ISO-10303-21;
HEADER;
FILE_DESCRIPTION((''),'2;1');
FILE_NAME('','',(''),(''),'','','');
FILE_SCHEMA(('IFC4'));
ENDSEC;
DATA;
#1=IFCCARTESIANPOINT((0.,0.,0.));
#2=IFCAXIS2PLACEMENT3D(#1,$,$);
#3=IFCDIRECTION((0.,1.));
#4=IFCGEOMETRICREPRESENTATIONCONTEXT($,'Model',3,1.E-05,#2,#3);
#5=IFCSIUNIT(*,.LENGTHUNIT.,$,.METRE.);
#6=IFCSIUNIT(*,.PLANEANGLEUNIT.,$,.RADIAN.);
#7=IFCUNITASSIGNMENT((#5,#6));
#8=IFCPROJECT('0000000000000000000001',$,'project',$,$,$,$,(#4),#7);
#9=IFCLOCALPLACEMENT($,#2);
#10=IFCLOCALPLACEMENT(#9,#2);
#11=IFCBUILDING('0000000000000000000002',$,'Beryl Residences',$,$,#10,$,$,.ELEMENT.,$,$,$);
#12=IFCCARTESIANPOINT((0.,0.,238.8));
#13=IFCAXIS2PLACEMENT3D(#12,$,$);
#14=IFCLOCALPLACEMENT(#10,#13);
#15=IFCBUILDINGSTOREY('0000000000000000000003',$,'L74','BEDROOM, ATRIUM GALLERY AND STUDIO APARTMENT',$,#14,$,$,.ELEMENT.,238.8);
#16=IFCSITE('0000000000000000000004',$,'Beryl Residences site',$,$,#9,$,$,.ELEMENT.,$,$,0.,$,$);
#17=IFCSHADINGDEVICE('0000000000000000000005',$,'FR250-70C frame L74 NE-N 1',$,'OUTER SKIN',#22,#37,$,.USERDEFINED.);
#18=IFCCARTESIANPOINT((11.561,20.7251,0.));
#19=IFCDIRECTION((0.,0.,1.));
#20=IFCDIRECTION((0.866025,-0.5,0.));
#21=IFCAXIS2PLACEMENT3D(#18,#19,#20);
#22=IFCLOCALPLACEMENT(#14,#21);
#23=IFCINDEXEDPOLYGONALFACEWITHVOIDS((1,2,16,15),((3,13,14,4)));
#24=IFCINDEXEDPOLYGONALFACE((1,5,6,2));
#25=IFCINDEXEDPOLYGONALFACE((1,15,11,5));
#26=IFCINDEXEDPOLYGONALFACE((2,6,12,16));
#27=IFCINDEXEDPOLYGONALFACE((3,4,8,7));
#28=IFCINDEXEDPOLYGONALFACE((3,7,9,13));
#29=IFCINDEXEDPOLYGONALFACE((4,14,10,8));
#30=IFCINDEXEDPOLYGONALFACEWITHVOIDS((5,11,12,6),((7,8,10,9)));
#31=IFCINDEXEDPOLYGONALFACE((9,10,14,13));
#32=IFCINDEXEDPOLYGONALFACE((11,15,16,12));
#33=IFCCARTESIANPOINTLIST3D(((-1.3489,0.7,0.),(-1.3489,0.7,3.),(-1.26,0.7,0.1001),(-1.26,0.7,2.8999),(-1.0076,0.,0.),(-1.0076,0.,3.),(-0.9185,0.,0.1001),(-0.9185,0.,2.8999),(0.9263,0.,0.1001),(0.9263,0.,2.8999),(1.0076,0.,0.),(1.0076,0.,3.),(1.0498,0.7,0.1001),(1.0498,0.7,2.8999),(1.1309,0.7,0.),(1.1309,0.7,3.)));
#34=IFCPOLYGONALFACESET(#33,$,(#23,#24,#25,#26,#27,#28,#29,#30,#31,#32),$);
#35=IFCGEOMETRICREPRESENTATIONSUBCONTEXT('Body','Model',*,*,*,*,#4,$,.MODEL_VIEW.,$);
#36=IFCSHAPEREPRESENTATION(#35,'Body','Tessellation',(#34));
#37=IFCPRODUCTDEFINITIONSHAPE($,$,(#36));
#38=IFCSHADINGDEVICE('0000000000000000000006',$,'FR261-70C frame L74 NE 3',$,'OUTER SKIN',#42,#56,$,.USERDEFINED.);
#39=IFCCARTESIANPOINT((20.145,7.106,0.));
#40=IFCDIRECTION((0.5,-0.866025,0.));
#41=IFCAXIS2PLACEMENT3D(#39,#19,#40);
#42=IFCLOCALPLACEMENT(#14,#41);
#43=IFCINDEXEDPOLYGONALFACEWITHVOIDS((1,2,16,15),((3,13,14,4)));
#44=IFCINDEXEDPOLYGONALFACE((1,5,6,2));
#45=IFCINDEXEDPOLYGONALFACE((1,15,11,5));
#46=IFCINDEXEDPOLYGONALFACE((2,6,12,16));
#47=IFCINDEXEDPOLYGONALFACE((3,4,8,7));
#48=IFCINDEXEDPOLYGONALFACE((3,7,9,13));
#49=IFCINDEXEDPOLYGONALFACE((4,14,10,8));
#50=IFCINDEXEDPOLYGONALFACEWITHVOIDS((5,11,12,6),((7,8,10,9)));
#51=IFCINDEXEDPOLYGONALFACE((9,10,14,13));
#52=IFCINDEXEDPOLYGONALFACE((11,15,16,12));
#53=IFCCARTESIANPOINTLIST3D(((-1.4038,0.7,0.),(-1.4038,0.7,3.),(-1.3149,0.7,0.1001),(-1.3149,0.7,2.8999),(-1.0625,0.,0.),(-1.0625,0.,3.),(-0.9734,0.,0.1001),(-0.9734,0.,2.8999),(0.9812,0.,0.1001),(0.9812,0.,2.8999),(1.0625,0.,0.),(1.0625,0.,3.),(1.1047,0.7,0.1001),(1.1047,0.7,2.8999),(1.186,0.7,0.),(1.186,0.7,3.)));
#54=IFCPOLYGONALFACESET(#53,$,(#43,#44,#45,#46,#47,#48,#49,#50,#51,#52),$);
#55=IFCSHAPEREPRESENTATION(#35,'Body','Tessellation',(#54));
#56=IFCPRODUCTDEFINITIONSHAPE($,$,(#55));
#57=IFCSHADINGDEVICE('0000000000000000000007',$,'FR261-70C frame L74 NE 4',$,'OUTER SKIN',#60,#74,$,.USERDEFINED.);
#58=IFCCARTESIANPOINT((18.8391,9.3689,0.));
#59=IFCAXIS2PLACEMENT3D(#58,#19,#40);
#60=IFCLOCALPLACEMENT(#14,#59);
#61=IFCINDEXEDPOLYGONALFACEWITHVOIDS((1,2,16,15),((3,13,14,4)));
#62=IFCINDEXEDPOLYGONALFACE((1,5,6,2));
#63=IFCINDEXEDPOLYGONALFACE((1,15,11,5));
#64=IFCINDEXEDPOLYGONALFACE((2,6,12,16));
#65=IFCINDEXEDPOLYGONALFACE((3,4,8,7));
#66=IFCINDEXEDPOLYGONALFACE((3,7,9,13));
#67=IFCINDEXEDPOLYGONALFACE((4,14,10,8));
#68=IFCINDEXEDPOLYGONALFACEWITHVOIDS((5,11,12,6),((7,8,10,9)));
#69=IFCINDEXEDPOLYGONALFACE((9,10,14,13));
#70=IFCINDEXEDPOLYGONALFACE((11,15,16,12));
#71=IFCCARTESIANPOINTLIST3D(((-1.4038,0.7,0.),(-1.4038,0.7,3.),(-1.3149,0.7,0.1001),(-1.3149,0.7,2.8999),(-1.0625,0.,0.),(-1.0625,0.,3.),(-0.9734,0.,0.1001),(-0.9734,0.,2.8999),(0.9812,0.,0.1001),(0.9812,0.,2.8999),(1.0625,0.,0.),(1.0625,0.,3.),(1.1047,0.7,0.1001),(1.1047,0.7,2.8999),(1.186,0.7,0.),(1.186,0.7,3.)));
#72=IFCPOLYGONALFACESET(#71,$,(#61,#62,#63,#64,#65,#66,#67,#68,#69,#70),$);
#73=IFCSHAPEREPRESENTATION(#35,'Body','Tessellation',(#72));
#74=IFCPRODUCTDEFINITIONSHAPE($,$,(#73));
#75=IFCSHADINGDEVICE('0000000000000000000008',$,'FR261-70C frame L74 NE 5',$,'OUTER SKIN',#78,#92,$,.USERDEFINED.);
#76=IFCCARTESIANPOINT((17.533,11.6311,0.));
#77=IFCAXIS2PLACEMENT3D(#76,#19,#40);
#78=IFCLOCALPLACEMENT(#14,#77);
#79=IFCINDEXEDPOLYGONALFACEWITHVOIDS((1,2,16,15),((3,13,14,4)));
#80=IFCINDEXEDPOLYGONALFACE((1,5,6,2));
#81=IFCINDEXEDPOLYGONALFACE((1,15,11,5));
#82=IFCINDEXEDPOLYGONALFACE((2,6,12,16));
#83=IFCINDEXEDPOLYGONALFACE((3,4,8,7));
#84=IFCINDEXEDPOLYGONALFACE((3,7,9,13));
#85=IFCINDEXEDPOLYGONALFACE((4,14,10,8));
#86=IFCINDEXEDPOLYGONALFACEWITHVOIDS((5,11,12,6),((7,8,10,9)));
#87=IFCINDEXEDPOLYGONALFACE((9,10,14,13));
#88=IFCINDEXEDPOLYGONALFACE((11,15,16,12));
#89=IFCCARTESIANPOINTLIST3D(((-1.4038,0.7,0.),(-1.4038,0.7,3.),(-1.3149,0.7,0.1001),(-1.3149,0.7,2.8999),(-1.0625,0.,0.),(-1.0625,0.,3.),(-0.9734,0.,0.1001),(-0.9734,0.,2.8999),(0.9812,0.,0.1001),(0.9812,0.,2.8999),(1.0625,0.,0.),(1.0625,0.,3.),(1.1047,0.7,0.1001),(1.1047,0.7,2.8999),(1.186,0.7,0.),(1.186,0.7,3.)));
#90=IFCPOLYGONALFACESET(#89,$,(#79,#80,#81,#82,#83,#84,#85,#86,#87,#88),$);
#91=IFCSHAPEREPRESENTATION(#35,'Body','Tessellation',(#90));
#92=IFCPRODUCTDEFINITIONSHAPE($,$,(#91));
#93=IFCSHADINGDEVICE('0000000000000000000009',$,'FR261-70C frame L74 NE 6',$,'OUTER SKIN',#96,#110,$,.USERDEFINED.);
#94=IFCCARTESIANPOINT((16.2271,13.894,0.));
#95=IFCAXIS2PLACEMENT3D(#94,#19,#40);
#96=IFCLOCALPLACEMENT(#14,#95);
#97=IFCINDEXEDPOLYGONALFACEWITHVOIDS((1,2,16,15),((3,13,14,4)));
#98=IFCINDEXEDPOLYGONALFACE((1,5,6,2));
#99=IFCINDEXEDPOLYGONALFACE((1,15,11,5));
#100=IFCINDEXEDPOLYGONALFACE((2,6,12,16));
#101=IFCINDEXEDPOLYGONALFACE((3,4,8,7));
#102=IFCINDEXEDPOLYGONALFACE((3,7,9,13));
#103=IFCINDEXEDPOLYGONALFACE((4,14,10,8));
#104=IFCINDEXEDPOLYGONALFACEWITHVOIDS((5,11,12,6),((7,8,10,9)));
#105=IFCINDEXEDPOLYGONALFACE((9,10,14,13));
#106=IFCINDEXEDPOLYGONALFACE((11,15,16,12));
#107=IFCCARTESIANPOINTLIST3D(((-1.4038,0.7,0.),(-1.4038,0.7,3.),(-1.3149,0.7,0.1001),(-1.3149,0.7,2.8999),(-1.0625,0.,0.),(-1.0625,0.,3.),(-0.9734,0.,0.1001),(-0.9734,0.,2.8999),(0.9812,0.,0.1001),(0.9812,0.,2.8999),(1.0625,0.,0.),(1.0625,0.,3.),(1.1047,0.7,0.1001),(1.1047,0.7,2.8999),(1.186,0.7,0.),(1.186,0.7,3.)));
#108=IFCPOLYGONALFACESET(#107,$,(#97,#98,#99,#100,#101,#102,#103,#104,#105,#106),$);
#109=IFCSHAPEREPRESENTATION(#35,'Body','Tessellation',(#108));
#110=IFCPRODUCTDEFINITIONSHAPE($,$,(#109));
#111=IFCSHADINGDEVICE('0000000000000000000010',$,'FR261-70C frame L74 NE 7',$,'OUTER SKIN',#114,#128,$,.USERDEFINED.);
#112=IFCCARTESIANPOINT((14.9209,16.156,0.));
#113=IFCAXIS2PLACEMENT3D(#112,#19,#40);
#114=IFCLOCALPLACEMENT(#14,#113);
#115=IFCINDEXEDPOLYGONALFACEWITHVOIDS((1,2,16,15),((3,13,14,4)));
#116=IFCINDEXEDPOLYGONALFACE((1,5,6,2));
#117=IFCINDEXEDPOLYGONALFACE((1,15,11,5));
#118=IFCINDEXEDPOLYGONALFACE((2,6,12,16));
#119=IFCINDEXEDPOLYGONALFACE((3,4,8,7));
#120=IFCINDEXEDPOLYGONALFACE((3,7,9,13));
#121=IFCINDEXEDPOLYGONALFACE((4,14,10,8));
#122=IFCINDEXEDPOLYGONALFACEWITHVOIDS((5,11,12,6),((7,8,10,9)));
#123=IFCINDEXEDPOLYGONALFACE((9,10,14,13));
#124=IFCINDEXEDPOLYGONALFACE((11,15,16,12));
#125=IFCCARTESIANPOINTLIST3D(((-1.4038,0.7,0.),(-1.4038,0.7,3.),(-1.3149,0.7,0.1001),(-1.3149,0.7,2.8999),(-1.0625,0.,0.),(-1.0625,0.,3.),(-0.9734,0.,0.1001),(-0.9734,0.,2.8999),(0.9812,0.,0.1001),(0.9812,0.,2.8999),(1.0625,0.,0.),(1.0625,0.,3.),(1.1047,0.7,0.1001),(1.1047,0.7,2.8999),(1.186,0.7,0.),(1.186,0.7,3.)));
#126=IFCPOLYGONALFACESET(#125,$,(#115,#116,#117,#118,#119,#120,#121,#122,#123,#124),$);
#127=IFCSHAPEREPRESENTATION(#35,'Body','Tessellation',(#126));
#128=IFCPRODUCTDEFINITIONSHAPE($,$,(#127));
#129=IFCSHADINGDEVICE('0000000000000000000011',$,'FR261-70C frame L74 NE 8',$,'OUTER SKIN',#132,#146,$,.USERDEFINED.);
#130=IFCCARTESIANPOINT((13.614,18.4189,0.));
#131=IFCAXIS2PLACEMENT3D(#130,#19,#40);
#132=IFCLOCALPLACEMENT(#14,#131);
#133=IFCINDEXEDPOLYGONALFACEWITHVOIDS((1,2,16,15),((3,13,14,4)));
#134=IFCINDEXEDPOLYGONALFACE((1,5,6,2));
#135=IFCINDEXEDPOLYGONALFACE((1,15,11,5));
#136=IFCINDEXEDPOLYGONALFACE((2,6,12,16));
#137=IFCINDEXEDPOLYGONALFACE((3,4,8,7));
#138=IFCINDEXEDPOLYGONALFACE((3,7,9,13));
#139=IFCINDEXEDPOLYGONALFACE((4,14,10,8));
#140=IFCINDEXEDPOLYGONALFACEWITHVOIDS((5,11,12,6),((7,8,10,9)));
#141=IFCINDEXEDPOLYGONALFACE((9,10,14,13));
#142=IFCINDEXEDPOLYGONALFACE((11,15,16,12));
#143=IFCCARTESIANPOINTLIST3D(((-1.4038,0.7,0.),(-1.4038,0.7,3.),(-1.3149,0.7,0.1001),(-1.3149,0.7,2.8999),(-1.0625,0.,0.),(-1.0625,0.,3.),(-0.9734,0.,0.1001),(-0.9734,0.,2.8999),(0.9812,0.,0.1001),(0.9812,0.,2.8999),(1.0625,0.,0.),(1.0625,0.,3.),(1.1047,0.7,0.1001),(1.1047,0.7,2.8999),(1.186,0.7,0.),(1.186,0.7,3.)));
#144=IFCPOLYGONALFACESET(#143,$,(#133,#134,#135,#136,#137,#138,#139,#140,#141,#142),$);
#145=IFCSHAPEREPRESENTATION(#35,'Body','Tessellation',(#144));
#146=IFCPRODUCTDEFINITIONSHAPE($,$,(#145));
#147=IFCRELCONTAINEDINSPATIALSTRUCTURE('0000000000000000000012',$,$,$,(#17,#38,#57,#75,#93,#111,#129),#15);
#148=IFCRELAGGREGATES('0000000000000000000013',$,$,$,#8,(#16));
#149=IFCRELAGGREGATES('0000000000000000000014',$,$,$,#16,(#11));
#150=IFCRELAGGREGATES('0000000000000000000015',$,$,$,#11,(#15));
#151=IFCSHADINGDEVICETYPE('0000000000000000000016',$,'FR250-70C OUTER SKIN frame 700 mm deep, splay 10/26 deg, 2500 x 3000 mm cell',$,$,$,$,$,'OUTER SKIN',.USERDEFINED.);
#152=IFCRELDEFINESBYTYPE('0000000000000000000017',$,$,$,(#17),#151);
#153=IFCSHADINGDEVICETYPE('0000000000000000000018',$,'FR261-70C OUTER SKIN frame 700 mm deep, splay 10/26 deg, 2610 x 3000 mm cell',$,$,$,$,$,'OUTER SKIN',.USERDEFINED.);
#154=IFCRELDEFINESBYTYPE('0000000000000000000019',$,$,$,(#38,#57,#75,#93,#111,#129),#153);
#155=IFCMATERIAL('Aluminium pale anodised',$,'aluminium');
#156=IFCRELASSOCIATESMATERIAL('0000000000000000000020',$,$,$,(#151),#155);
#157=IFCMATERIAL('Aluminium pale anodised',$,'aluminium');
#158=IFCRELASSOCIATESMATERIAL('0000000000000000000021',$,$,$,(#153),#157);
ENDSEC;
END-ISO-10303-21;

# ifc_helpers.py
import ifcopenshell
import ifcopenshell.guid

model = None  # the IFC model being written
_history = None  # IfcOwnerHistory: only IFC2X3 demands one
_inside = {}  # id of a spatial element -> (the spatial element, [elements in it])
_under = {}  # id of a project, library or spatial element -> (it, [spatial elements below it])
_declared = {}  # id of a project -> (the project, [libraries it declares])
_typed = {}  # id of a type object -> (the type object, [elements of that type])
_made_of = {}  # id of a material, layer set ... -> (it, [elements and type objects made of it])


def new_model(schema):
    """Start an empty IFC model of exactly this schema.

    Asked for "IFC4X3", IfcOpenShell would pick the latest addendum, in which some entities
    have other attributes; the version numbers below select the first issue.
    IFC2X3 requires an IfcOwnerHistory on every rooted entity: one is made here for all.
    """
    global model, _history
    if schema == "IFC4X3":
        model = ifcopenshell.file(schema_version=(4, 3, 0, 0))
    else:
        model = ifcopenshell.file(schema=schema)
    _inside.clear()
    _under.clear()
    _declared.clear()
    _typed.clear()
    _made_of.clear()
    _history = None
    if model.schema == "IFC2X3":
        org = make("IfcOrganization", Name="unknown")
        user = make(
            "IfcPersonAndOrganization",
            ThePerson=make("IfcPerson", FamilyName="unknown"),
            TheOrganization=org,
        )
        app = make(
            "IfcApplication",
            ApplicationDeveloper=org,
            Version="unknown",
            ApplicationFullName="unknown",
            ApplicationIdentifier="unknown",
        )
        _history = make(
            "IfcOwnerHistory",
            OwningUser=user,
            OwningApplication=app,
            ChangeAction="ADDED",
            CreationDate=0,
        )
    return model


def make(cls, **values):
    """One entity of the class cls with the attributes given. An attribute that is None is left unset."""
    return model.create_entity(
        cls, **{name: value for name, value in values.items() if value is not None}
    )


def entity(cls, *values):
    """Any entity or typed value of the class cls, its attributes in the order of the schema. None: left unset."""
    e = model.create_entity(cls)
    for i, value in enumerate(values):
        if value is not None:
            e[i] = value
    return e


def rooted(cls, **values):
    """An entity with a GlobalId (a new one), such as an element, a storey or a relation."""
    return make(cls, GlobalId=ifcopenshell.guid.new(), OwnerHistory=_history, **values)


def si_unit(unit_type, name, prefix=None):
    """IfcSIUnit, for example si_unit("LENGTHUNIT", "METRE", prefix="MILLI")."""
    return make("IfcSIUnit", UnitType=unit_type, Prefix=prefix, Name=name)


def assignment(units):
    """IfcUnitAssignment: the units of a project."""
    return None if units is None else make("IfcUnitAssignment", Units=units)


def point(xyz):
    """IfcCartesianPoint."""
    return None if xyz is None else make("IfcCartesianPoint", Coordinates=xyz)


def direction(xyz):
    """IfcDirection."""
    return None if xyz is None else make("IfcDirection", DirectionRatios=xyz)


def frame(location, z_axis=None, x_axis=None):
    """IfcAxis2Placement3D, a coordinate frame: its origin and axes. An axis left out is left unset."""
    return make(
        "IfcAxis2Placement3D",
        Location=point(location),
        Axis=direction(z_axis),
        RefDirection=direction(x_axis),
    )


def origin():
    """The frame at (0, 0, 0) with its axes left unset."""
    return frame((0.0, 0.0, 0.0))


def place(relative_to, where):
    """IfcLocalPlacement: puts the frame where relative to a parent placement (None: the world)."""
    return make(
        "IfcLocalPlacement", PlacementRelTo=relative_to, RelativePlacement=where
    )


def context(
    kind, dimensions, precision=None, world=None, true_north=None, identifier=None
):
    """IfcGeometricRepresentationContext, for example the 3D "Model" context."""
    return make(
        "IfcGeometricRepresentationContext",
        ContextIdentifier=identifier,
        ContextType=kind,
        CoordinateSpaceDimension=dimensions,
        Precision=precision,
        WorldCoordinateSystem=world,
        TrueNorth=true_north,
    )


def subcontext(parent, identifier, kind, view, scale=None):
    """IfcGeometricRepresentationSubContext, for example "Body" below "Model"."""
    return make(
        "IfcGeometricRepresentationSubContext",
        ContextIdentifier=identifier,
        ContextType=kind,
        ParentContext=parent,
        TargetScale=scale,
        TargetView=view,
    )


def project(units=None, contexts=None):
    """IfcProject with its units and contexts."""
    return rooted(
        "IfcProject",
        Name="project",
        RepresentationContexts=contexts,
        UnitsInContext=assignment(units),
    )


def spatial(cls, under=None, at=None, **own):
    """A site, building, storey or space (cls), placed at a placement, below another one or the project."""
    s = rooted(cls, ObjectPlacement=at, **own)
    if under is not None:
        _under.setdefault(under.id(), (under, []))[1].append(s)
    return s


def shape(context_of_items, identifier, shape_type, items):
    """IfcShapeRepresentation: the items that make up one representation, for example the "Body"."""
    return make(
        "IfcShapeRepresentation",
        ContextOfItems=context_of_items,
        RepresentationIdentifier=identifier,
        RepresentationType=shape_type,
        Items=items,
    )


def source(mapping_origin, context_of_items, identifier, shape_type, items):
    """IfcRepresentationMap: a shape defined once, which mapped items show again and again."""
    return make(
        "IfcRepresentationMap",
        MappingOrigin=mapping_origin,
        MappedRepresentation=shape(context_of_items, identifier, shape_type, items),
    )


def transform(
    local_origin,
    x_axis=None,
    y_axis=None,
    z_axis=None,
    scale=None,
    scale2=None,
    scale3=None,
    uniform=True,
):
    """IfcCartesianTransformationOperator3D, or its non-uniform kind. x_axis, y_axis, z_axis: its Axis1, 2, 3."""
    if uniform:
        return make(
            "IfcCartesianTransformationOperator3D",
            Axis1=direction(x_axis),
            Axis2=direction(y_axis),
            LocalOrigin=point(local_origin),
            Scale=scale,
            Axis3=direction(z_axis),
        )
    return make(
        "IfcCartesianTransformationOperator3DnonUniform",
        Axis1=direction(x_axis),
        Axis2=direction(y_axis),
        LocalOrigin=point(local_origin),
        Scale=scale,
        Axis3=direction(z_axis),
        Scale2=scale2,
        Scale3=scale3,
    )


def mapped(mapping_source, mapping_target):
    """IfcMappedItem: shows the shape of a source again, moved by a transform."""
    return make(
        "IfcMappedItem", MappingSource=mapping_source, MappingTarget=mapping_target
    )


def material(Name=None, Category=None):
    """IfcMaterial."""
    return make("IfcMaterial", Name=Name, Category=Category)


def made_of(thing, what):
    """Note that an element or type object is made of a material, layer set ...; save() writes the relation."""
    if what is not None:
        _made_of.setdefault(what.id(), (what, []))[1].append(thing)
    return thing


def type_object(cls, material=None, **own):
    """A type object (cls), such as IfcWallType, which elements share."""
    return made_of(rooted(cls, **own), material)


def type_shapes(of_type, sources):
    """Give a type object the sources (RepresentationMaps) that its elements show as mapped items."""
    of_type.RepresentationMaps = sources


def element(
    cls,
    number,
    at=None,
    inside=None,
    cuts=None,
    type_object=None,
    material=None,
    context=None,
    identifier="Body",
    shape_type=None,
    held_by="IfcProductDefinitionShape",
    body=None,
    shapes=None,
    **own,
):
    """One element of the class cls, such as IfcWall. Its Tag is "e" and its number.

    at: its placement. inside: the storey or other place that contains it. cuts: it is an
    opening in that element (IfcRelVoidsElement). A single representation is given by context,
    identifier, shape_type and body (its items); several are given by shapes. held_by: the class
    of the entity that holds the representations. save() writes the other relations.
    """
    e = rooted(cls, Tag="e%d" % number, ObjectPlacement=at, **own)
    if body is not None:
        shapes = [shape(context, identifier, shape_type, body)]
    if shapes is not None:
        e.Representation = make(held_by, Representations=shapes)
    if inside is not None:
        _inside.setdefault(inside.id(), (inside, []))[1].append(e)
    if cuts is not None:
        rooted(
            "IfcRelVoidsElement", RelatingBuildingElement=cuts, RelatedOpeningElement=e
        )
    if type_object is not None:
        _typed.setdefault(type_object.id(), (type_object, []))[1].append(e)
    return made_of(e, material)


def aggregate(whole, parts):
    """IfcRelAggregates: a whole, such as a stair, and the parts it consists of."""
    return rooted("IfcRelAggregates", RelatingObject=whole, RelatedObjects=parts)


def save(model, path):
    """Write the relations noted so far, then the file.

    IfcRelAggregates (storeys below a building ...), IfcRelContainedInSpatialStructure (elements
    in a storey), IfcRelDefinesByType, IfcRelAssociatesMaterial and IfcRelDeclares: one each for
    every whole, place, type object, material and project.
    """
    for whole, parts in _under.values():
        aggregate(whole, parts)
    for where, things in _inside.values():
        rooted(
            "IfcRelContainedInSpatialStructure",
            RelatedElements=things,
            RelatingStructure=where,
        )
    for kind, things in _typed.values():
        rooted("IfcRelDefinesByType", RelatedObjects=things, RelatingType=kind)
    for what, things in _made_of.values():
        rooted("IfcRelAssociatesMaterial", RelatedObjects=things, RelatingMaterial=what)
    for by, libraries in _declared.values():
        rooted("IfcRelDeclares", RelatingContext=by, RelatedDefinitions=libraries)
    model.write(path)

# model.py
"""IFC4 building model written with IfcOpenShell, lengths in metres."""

from ifc_helpers import new_model, entity, si_unit, direction, frame, origin, place, context, subcontext, project, spatial, source, transform, mapped, material, type_object, type_shapes, element, save


model = new_model("IFC4")

# Units and contexts
model_context = context("Model", 3, precision=1e-05, world=origin(), true_north=direction((0.0, 1.0)))
body_context = subcontext(model_context, "Body", "Model", "MODEL_VIEW")
ifc_project = project(units=[si_unit("LENGTHUNIT", "METRE"), si_unit("PLANEANGLEUNIT", "RADIAN")], contexts=[model_context])

# Site, building, storey
site_placement = place(None, origin())
site = spatial("IfcSite", under=ifc_project, at=site_placement, Name="Beryl Residences site", CompositionType="ELEMENT", RefElevation=0.0)
building_placement = place(site_placement, origin())
building = spatial("IfcBuilding", under=site, at=building_placement, Name="Beryl Residences", CompositionType="ELEMENT")
storey_placement = place(building_placement, frame((0.0, 0.0, 238.8)))
storey = spatial("IfcBuildingStorey", under=building, at=storey_placement, Name="L74", Description="BEDROOM, ATRIUM GALLERY AND STUDIO APARTMENT", CompositionType="ELEMENT", Elevation=238.8)

# Shading devices
ifc_material_1 = material(Name="Aluminium pale anodised", Category="aluminium")
shading_device_type_1 = type_object("IfcShadingDeviceType", Name="FR250-70C OUTER SKIN frame 700 mm deep, splay 10/26 deg, 2500 x 3000 mm cell", ElementType="OUTER SKIN", PredefinedType="USERDEFINED", material=ifc_material_1)
cartesian_point_1 = entity("IfcCartesianPoint", [-1.0076, 0.0])
cartesian_point_2 = entity("IfcCartesianPoint", [-0.9263, 0.1001])
cartesian_point_3 = entity("IfcCartesianPoint", [-1.1309, 0.0])
cartesian_point_4 = entity("IfcCartesianPoint", [-1.0498, 0.1001])
shared_shape_1 = source(origin(), body_context, "Body", "SweptSolid", [
    entity("IfcExtrudedAreaSolidTapered", entity("IfcArbitraryProfileDefWithVoids", "AREA", None, entity("IfcPolyline", [cartesian_point_1, entity("IfcCartesianPoint", [1.0076, 0.0]), entity("IfcCartesianPoint", [1.0076, 3.0]), entity("IfcCartesianPoint", [-1.0076, 3.0]), cartesian_point_1]), [entity("IfcPolyline", [cartesian_point_2, entity("IfcCartesianPoint", [0.9185, 0.1001]), entity("IfcCartesianPoint", [0.9185, 2.8999]), entity("IfcCartesianPoint", [-0.9263, 2.8999]), cartesian_point_2])]), entity("IfcAxis2Placement3D", entity("IfcCartesianPoint", [0.0, 0.0, 0.0]), entity("IfcDirection", [0.0, 1.0, 0.0]), entity("IfcDirection", [-1.0, 0.0, 0.0])), entity("IfcDirection", [0.0, 0.0, 1.0]), 0.7, entity("IfcArbitraryProfileDefWithVoids", "AREA", None, entity("IfcPolyline", [cartesian_point_3, entity("IfcCartesianPoint", [1.3489, 0.0]), entity("IfcCartesianPoint", [1.3489, 3.0]), entity("IfcCartesianPoint", [-1.1309, 3.0]), cartesian_point_3]), [entity("IfcPolyline", [cartesian_point_4, entity("IfcCartesianPoint", [1.26, 0.1001]), entity("IfcCartesianPoint", [1.26, 2.8999]), entity("IfcCartesianPoint", [-1.0498, 2.8999]), cartesian_point_4])])),
])
type_shapes(shading_device_type_1, [shared_shape_1])
shading_device_placement = place(storey_placement, frame((11.561, 20.7251, 0.0), z_axis=(0.0, 0.0, 1.0), x_axis=(0.866025, -0.5, 0.0)))
element("IfcShadingDevice", 1, at=shading_device_placement, inside=storey, type_object=shading_device_type_1, Name="FR250-70C frame L74 NE-N 1", ObjectType="OUTER SKIN", PredefinedType="USERDEFINED", context=body_context, shape_type="MappedRepresentation", body=[
    mapped(shared_shape_1, transform((0.0, 0.0, 0.0))),
])
ifc_material_2 = material(Name="Aluminium pale anodised", Category="aluminium")
shading_device_type_2 = type_object("IfcShadingDeviceType", Name="FR261-70C OUTER SKIN frame 700 mm deep, splay 10/26 deg, 2610 x 3000 mm cell", ElementType="OUTER SKIN", PredefinedType="USERDEFINED", material=ifc_material_2)
cartesian_point_5 = entity("IfcCartesianPoint", [-1.0625, 0.0])
cartesian_point_6 = entity("IfcCartesianPoint", [-0.9812, 0.1001])
cartesian_point_7 = entity("IfcCartesianPoint", [-1.186, 0.0])
cartesian_point_8 = entity("IfcCartesianPoint", [-1.1047, 0.1001])
shared_shape_2 = source(origin(), body_context, "Body", "SweptSolid", [
    entity("IfcExtrudedAreaSolidTapered", entity("IfcArbitraryProfileDefWithVoids", "AREA", None, entity("IfcPolyline", [cartesian_point_5, entity("IfcCartesianPoint", [1.0625, 0.0]), entity("IfcCartesianPoint", [1.0625, 3.0]), entity("IfcCartesianPoint", [-1.0625, 3.0]), cartesian_point_5]), [entity("IfcPolyline", [cartesian_point_6, entity("IfcCartesianPoint", [0.9734, 0.1001]), entity("IfcCartesianPoint", [0.9734, 2.8999]), entity("IfcCartesianPoint", [-0.9812, 2.8999]), cartesian_point_6])]), entity("IfcAxis2Placement3D", entity("IfcCartesianPoint", [0.0, 0.0, 0.0]), entity("IfcDirection", [0.0, 1.0, 0.0]), entity("IfcDirection", [-1.0, 0.0, 0.0])), entity("IfcDirection", [0.0, 0.0, 1.0]), 0.7, entity("IfcArbitraryProfileDefWithVoids", "AREA", None, entity("IfcPolyline", [cartesian_point_7, entity("IfcCartesianPoint", [1.4038, 0.0]), entity("IfcCartesianPoint", [1.4038, 3.0]), entity("IfcCartesianPoint", [-1.186, 3.0]), cartesian_point_7]), [entity("IfcPolyline", [cartesian_point_8, entity("IfcCartesianPoint", [1.3149, 0.1001]), entity("IfcCartesianPoint", [1.3149, 2.8999]), entity("IfcCartesianPoint", [-1.1047, 2.8999]), cartesian_point_8])])),
])
type_shapes(shading_device_type_2, [shared_shape_2])
for number, where, z_axis, x_axis, name in (
    (2, (20.145, 7.106, 0.0), (0.0, 0.0, 1.0), (0.5, -0.866025, 0.0), "FR261-70C frame L74 NE 3"),
    (3, (18.8391, 9.3689, 0.0), (0.0, 0.0, 1.0), (0.5, -0.866025, 0.0), "FR261-70C frame L74 NE 4"),
    (4, (17.533, 11.6311, 0.0), (0.0, 0.0, 1.0), (0.5, -0.866025, 0.0), "FR261-70C frame L74 NE 5"),
    (5, (16.2271, 13.894, 0.0), (0.0, 0.0, 1.0), (0.5, -0.866025, 0.0), "FR261-70C frame L74 NE 6"),
    (6, (14.9209, 16.156, 0.0), (0.0, 0.0, 1.0), (0.5, -0.866025, 0.0), "FR261-70C frame L74 NE 7"),
    (7, (13.614, 18.4189, 0.0), (0.0, 0.0, 1.0), (0.5, -0.866025, 0.0), "FR261-70C frame L74 NE 8"),
):
    element("IfcShadingDevice", number, at=place(storey_placement, frame(where, z_axis=z_axis, x_axis=x_axis)), inside=storey, type_object=shading_device_type_2, Name=name, ObjectType="OUTER SKIN", PredefinedType="USERDEFINED", context=body_context, shape_type="MappedRepresentation", body=[
        mapped(shared_shape_2, transform((0.0, 0.0, 0.0))),
    ])

save(model, "model.ifc")
